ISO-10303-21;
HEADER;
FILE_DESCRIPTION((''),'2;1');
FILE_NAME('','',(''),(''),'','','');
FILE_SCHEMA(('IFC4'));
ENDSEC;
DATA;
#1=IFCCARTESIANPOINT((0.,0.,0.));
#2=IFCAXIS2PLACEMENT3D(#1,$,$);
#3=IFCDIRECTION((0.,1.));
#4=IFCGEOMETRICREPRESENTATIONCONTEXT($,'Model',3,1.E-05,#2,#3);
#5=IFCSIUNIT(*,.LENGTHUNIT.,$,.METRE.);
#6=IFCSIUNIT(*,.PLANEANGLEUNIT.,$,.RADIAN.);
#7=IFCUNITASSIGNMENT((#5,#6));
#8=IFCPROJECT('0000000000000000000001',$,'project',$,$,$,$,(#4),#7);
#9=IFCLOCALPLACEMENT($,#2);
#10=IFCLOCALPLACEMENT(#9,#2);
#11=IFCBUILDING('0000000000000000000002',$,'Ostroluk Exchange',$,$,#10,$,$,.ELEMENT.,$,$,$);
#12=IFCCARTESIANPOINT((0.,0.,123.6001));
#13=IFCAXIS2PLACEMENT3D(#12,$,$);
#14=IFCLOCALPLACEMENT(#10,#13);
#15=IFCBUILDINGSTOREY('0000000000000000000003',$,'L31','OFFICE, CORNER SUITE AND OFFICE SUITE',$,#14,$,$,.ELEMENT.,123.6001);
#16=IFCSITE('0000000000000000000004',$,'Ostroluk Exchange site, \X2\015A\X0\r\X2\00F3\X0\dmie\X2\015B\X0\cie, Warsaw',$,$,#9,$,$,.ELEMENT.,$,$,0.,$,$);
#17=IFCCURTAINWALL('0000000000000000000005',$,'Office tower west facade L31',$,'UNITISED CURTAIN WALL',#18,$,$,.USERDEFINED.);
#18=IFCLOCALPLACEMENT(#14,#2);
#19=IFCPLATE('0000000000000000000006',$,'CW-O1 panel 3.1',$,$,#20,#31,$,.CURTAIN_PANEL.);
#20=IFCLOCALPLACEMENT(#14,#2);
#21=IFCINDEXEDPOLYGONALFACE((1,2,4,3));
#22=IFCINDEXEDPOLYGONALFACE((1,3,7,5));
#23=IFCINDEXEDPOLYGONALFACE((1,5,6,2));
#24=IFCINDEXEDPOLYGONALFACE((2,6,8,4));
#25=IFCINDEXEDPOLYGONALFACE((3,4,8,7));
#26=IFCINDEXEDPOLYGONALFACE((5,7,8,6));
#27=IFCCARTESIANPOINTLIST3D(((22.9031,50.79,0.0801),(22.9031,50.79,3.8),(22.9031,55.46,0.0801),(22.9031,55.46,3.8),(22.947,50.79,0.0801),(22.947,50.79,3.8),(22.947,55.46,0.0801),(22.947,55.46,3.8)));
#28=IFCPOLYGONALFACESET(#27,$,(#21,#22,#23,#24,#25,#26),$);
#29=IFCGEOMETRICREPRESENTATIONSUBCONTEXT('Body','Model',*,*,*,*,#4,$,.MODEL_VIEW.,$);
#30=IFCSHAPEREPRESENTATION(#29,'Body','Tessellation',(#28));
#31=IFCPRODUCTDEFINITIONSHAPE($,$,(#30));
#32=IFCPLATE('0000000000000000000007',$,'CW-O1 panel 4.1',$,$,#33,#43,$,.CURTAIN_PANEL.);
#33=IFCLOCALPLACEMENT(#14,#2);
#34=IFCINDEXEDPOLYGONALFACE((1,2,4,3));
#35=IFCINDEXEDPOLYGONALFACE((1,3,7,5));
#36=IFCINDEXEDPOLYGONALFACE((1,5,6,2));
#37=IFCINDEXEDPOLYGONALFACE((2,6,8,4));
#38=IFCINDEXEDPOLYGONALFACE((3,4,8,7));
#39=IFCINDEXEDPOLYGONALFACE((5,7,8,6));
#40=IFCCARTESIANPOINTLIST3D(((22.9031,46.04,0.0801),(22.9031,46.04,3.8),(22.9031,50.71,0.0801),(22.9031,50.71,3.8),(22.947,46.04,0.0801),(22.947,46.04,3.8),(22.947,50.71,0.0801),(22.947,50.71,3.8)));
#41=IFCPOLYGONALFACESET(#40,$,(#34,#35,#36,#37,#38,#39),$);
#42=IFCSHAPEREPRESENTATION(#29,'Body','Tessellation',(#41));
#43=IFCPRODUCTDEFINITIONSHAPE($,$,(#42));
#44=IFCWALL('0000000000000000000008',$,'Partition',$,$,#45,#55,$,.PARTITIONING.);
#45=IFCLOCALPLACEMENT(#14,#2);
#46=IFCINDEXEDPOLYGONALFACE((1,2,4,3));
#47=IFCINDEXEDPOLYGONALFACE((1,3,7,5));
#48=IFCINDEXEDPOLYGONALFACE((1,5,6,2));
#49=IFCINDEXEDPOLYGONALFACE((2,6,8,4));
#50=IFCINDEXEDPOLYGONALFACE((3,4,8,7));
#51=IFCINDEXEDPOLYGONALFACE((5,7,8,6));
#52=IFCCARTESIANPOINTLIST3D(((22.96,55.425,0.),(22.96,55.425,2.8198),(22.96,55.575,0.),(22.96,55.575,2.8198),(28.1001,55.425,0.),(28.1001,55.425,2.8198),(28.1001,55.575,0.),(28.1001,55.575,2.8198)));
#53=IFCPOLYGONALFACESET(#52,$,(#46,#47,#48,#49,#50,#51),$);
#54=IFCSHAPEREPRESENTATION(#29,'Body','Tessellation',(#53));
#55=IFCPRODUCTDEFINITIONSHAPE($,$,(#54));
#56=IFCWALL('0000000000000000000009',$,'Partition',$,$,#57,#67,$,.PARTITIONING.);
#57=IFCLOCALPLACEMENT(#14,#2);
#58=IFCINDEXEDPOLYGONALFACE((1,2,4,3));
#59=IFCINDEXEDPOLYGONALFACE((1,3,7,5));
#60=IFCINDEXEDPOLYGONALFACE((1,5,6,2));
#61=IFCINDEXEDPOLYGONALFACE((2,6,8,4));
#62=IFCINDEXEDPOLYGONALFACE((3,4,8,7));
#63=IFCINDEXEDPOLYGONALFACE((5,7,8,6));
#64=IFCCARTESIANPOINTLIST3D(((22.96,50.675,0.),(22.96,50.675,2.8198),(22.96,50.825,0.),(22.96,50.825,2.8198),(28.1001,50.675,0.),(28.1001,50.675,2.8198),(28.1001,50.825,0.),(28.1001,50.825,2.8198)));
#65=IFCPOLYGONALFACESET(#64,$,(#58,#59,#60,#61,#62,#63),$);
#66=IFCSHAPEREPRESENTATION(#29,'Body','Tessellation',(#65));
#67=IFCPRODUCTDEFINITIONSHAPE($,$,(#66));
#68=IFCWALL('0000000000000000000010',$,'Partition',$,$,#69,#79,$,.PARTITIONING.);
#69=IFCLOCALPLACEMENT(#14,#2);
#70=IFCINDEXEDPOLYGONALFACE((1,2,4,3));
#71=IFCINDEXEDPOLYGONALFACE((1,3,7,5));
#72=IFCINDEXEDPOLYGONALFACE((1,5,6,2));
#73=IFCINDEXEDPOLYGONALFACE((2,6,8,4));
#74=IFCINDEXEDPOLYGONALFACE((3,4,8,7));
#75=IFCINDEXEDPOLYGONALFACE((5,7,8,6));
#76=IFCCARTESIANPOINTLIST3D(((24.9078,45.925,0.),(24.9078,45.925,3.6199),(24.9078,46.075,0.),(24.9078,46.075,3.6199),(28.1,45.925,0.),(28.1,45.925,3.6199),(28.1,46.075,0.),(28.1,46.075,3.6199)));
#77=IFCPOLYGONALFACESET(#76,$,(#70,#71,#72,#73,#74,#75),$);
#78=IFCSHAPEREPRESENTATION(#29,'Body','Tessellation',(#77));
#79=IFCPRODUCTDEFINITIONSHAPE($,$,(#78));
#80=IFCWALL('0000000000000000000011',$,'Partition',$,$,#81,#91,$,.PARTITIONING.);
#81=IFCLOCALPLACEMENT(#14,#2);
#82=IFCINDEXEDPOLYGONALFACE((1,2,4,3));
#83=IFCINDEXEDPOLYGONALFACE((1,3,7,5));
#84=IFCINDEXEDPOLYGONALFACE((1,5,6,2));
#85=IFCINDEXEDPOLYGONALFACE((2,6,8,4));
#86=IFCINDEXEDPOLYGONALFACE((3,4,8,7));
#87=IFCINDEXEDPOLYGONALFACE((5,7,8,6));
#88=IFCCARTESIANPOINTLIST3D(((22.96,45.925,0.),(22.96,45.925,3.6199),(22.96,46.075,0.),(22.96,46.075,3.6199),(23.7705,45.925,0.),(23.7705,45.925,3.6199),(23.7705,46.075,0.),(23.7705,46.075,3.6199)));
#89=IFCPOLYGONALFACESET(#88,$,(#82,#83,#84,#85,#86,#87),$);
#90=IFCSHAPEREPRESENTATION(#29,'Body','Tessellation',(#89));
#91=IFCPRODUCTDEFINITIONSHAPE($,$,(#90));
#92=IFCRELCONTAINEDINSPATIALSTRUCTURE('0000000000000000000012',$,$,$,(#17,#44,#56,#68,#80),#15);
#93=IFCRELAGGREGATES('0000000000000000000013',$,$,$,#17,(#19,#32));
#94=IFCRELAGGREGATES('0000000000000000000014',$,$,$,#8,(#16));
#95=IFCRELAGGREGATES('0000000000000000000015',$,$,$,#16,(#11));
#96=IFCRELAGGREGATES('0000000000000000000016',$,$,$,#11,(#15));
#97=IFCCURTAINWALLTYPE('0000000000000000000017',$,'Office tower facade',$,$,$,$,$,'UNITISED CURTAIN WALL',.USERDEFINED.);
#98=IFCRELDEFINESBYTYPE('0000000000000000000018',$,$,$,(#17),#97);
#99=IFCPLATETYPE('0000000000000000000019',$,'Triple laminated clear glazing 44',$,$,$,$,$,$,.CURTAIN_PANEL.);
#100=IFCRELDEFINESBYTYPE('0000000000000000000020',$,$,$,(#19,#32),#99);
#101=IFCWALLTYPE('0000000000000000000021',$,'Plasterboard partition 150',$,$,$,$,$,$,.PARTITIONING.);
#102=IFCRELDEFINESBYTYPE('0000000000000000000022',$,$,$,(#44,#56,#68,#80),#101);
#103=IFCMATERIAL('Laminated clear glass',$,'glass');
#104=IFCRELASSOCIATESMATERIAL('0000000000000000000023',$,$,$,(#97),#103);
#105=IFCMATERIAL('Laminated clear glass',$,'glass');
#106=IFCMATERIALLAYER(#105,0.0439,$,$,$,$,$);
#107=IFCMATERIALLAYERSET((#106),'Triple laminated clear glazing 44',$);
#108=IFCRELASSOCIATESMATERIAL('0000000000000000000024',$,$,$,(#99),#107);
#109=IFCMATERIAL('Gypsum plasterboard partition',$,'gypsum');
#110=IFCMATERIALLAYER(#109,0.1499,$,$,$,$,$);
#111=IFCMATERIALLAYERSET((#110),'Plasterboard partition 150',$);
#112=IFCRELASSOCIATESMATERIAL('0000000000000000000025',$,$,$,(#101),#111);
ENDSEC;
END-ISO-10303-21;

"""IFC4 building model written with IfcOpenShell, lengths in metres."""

from ifc_helpers import new_model, si_unit, direction, frame, frame_2d, origin, origin_2d, place, context, subcontext, project, spatial, rectangle, extrude, material, layer, layer_set, type_object, element, aggregate, save


model = new_model("IFC4")

# Units and contexts
model_context = context("Model", 3, precision=1e-05, world=origin(), true_north=direction((0.0, 1.0)))
body_context = subcontext(model_context, "Body", "Model", "MODEL_VIEW")
ifc_project = project(units=[si_unit("LENGTHUNIT", "METRE"), si_unit("PLANEANGLEUNIT", "RADIAN")], contexts=[model_context])

# Site, building, storey
site_placement = place(None, origin())
site = spatial("IfcSite", under=ifc_project, at=site_placement, Name="Ostroluk Exchange site, Śródmieście, Warsaw", CompositionType="ELEMENT", RefElevation=0.0)
building_placement = place(site_placement, origin())
building = spatial("IfcBuilding", under=site, at=building_placement, Name="Ostroluk Exchange", CompositionType="ELEMENT")
storey_placement = place(building_placement, frame((0.0, 0.0, 123.6001)))
storey = spatial("IfcBuildingStorey", under=building, at=storey_placement, Name="L31", Description="OFFICE, CORNER SUITE AND OFFICE SUITE", CompositionType="ELEMENT", Elevation=123.6001)

# Curtain wall, plates
ifc_material_1 = material(Name="Laminated clear glass", Category="glass")
curtain_wall_type = type_object("IfcCurtainWallType", Name="Office tower facade", ElementType="UNITISED CURTAIN WALL", PredefinedType="USERDEFINED", material=ifc_material_1)
curtain_wall_placement = place(storey_placement, origin())
curtain_wall = element("IfcCurtainWall", 1, at=curtain_wall_placement, inside=storey, type_object=curtain_wall_type, Name="Office tower west facade L31", ObjectType="UNITISED CURTAIN WALL", PredefinedType="USERDEFINED")
ifc_material_2 = material(Name="Laminated clear glass", Category="glass")
ifc_layer_1 = layer(ifc_material_2, 0.0439)
ifc_layer_set_1 = layer_set([ifc_layer_1], Name="Triple laminated clear glazing 44")
plate_type = type_object("IfcPlateType", Name="Triple laminated clear glazing 44", PredefinedType="CURTAIN_PANEL", material=ifc_layer_set_1)
plate_1_placement = place(storey_placement, frame((22.925, 53.125, 0.0801), z_axis=(0.0, 0.0, 1.0), x_axis=(0.0, -1.0, 0.0)))
plate_1 = element("IfcPlate", 2, at=plate_1_placement, type_object=plate_type, Name="CW-O1 panel 3.1", PredefinedType="CURTAIN_PANEL", context=body_context, shape_type="SweptSolid", body=[
    extrude(rectangle(XDim=4.6699, YDim=0.0439, at=origin_2d()), origin(), (0.0, 0.0, 1.0), 3.72),
])
plate_2_placement = place(storey_placement, frame((22.925, 48.375, 0.0801), z_axis=(0.0, 0.0, 1.0), x_axis=(0.0, -1.0, 0.0)))
plate_2 = element("IfcPlate", 3, at=plate_2_placement, type_object=plate_type, Name="CW-O1 panel 4.1", PredefinedType="CURTAIN_PANEL", context=body_context, shape_type="SweptSolid", body=[
    extrude(rectangle(XDim=4.6699, YDim=0.0439, at=origin_2d()), origin(), (0.0, 0.0, 1.0), 3.72),
])
aggregate(curtain_wall, [plate_1, plate_2])

# Walls
ifc_material_3 = material(Name="Gypsum plasterboard partition", Category="gypsum")
ifc_layer_2 = layer(ifc_material_3, 0.1499)
ifc_layer_set_2 = layer_set([ifc_layer_2], Name="Plasterboard partition 150")
wall_type = type_object("IfcWallType", Name="Plasterboard partition 150", PredefinedType="PARTITIONING", material=ifc_layer_set_2)
for number, where, z_axis, x_axis, name in (
    (4, (28.1001, 55.5, 0.0), (0.0, 0.0, 1.0), (-1.0, 0.0, 0.0), "Partition"),
    (5, (28.1001, 50.75, 0.0), (0.0, 0.0, 1.0), (-1.0, 0.0, 0.0), "Partition"),
):
    element("IfcWall", number, at=place(storey_placement, frame(where, z_axis=z_axis, x_axis=x_axis)), inside=storey, type_object=wall_type, Name=name, PredefinedType="PARTITIONING", context=body_context, shape_type="SweptSolid", body=[
        extrude(rectangle(XDim=5.1401, YDim=0.1499, at=frame_2d((2.5701, 0.0))), origin(), (0.0, 0.0, 1.0), 2.8198),
    ])
wall_1_placement = place(storey_placement, frame((28.1001, 46.0, 0.0), z_axis=(0.0, 0.0, 1.0), x_axis=(-1.0, 0.0, 0.0)))
element("IfcWall", 6, at=wall_1_placement, inside=storey, type_object=wall_type, Name="Partition", PredefinedType="PARTITIONING", context=body_context, shape_type="SweptSolid", body=[
    extrude(rectangle(XDim=3.1921, YDim=0.1499, at=frame_2d((1.5962, 0.0))), origin(), (0.0, 0.0, 1.0), 3.6199),
])
wall_2_placement = place(storey_placement, frame((23.7705, 46.0, 0.0), z_axis=(0.0, 0.0, 1.0), x_axis=(-1.0, 0.0, 0.0)))
element("IfcWall", 7, at=wall_2_placement, inside=storey, type_object=wall_type, Name="Partition", PredefinedType="PARTITIONING", context=body_context, shape_type="SweptSolid", body=[
    extrude(rectangle(XDim=0.8105, YDim=0.1499, at=frame_2d((0.4053, 0.0))), origin(), (0.0, 0.0, 1.0), 3.6199),
])

save(model, "model.ifc")
